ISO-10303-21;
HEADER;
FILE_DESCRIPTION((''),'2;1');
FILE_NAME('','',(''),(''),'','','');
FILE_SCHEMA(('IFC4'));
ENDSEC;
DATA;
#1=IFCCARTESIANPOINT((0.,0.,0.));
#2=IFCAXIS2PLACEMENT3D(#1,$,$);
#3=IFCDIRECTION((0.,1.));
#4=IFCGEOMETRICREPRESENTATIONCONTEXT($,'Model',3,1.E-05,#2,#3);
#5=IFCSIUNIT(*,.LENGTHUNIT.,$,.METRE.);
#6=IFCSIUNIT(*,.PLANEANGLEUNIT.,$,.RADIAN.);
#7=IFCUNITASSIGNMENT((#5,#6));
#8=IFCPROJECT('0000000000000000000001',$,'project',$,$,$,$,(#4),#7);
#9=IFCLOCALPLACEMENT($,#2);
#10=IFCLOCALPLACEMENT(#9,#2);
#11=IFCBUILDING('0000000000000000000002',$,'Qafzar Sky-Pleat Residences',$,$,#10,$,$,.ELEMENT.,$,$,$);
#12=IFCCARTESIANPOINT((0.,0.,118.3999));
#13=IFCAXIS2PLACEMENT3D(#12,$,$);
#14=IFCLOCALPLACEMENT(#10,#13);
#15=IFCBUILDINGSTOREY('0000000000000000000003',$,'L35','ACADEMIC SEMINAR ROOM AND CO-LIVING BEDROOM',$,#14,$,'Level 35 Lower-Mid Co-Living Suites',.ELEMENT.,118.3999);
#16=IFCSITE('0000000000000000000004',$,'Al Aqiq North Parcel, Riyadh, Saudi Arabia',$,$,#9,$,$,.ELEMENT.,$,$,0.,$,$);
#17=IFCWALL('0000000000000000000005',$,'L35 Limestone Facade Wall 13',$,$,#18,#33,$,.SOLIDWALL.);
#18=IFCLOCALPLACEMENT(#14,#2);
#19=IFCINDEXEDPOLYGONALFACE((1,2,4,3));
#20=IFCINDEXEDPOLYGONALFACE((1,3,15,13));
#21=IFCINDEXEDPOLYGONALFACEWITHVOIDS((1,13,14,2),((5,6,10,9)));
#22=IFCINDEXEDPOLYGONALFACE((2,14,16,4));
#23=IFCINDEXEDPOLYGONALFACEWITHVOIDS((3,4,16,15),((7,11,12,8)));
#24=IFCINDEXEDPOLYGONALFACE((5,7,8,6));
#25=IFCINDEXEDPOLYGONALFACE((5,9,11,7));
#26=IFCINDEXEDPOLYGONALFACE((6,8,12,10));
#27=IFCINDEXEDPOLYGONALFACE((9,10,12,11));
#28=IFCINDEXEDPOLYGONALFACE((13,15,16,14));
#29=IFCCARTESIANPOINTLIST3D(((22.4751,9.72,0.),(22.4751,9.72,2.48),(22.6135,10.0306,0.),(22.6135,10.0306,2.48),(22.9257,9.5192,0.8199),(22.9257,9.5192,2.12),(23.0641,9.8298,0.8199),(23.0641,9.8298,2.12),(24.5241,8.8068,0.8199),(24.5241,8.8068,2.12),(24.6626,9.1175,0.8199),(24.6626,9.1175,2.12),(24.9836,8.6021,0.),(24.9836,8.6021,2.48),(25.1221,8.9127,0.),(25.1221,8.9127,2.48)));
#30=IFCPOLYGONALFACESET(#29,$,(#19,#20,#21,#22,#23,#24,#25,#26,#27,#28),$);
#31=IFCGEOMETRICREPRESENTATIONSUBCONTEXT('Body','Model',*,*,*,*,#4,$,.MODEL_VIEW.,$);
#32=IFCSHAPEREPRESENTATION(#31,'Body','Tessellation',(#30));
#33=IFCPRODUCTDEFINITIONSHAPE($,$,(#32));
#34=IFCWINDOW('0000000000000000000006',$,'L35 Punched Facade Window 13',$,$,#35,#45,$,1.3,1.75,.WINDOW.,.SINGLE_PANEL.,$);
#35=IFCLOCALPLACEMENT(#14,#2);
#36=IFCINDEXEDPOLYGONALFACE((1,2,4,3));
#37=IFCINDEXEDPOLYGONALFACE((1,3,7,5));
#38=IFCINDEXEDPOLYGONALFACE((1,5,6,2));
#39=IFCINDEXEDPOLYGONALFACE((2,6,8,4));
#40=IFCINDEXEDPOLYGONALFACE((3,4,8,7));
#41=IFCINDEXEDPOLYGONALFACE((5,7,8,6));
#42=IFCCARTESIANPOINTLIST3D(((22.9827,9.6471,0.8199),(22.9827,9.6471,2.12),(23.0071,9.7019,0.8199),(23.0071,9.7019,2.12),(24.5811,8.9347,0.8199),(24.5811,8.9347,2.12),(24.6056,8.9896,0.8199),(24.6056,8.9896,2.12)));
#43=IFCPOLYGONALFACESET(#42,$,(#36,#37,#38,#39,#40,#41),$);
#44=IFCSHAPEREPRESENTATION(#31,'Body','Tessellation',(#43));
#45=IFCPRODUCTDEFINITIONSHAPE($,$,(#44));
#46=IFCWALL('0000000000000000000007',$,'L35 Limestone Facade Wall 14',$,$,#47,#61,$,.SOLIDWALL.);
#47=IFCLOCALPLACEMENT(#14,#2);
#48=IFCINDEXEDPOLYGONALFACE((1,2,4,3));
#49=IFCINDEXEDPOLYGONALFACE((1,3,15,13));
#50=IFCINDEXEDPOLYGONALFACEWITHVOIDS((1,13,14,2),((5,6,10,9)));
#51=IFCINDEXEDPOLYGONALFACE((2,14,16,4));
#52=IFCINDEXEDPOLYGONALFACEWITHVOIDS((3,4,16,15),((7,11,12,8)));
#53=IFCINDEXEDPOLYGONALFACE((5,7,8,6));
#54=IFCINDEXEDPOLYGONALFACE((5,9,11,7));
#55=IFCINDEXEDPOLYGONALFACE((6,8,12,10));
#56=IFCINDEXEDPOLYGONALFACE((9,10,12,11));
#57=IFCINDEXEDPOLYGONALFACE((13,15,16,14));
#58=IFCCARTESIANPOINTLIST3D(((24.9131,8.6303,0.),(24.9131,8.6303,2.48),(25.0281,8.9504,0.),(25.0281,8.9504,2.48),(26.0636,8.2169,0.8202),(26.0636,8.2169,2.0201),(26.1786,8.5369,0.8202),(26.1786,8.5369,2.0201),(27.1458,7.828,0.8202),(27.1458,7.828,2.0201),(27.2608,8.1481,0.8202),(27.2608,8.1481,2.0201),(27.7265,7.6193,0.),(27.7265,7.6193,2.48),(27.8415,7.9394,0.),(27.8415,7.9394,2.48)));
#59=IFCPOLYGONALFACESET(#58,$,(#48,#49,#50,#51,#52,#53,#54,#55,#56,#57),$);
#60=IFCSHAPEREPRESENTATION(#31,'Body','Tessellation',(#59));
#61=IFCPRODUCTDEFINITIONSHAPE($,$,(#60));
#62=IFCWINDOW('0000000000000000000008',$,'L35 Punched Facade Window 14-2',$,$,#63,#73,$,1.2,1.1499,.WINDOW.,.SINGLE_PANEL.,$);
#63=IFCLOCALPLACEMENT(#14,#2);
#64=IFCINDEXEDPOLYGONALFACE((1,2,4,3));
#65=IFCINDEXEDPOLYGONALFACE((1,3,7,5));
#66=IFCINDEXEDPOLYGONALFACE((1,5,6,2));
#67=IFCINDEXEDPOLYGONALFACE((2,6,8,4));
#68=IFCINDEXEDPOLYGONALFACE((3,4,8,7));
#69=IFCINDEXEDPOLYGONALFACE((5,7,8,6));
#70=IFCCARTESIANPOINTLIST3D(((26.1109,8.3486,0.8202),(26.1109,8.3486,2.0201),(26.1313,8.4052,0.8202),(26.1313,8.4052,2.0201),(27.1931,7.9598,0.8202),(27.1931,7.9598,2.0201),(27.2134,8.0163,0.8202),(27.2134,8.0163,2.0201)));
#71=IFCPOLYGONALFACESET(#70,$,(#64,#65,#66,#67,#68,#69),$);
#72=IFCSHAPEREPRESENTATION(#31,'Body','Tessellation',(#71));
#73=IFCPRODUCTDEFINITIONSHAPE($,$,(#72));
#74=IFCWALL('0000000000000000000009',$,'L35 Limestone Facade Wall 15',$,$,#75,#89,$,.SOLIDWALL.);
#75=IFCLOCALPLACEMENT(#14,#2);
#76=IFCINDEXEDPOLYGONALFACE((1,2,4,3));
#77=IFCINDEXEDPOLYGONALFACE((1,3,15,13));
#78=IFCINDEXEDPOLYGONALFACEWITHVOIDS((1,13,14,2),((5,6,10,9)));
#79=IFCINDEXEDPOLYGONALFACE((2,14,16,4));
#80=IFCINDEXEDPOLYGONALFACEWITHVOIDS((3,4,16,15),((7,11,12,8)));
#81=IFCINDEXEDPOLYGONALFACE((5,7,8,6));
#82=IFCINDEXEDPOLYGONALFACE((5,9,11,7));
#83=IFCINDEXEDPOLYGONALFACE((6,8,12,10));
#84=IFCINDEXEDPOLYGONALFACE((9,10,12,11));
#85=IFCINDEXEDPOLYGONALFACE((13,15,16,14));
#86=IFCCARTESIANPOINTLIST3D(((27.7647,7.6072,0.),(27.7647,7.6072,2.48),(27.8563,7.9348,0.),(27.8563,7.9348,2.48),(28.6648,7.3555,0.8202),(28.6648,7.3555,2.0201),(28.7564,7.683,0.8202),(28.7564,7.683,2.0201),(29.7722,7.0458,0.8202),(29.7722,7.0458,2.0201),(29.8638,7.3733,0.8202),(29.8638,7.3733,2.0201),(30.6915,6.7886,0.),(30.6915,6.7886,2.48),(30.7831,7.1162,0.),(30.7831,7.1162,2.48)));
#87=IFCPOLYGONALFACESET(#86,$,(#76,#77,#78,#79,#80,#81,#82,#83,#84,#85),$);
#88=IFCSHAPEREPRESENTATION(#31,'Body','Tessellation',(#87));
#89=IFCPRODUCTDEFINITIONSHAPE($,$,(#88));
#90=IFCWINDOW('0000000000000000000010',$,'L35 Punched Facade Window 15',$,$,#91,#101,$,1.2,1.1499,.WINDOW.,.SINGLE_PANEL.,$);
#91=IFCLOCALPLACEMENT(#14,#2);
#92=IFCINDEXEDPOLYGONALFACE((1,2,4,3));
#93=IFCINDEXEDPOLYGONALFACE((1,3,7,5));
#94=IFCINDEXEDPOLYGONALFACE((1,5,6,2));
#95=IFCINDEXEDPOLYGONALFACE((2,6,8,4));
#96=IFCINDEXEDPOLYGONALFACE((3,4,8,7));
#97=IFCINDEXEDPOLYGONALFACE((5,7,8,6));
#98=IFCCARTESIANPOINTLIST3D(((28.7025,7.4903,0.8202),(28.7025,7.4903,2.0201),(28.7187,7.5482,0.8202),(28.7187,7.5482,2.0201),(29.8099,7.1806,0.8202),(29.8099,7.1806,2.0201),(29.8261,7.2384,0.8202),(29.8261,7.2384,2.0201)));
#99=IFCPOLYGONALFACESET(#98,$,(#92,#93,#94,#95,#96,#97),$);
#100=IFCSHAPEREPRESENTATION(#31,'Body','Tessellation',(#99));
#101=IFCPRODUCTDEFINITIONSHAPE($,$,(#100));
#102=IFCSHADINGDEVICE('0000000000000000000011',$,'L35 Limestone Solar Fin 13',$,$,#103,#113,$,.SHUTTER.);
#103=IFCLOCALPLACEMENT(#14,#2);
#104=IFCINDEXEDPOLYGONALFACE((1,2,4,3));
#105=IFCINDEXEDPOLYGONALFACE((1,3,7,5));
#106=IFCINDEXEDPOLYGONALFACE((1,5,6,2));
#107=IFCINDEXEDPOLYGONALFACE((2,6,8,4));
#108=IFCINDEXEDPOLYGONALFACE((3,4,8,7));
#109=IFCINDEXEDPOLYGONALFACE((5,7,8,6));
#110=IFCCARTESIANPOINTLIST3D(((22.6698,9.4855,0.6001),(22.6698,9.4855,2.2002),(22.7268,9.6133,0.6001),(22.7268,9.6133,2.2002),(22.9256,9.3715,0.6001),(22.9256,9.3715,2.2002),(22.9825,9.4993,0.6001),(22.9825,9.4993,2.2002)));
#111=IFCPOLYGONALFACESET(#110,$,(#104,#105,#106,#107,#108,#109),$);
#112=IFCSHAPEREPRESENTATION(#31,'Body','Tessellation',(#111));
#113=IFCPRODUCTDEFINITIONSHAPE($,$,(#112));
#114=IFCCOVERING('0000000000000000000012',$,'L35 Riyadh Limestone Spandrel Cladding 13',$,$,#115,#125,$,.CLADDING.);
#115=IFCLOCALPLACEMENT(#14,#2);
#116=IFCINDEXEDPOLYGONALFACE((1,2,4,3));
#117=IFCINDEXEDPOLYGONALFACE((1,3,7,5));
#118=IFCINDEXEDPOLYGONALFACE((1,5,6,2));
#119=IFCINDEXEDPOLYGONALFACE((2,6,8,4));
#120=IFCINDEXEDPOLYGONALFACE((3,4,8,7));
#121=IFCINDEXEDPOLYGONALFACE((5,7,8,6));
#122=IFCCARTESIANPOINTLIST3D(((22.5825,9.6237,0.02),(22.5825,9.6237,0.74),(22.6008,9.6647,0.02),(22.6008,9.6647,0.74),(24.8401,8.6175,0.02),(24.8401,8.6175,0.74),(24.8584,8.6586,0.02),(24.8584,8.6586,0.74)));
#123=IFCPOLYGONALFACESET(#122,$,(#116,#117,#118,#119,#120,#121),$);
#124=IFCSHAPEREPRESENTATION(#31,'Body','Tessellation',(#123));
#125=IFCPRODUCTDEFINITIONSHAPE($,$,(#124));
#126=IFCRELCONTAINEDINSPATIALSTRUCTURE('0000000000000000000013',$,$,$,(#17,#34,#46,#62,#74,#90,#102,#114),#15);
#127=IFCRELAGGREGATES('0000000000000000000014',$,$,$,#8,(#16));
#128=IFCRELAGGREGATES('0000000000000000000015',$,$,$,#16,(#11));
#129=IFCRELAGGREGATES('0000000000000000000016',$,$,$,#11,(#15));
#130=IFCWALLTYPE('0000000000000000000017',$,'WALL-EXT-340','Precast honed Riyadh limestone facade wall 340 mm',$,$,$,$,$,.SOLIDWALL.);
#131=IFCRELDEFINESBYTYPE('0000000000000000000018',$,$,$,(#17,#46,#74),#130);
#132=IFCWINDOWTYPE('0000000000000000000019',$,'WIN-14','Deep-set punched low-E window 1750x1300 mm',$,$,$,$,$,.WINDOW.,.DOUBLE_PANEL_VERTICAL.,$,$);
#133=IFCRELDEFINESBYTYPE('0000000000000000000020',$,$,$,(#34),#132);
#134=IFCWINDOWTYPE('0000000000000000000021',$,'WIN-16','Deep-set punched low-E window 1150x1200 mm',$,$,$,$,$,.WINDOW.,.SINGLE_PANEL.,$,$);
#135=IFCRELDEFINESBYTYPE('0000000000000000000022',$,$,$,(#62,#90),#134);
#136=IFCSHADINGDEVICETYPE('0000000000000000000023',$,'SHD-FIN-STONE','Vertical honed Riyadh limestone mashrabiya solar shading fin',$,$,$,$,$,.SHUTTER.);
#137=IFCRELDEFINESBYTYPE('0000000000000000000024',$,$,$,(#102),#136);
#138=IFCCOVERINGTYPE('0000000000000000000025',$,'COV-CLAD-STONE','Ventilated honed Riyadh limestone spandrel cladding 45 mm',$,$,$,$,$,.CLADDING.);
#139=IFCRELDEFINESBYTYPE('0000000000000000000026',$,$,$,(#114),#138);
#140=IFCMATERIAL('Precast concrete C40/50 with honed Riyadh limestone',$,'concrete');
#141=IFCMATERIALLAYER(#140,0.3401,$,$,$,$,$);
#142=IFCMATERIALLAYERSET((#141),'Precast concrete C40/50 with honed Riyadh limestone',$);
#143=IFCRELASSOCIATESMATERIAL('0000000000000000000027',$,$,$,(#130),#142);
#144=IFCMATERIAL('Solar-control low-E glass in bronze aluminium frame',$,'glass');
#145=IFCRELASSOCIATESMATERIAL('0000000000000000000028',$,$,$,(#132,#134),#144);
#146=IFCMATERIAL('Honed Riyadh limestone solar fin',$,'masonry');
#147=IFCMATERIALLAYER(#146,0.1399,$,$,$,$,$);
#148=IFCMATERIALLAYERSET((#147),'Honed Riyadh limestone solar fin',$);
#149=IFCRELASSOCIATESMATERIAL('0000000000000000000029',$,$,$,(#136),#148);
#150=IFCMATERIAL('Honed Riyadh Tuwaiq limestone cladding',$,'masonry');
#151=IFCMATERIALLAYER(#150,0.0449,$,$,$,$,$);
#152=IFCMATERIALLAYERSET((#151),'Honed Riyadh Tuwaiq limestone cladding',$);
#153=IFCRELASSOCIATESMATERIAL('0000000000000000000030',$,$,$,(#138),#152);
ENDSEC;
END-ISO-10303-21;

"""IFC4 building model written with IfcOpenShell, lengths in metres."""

from ifc_helpers import new_model, si_unit, direction, frame, frame_2d, origin, origin_2d, place, context, subcontext, project, spatial, rectangle, extrude, source, transform, mapped, material, layer, layer_set, type_object, element, fill, save


model = new_model("IFC4")

# Units and contexts
model_context = context("Model", 3, precision=1e-05, world=origin(), true_north=direction((0.0, 1.0)))
body_context = subcontext(model_context, "Body", "Model", "MODEL_VIEW")
ifc_project = project(units=[si_unit("LENGTHUNIT", "METRE"), si_unit("PLANEANGLEUNIT", "RADIAN")], contexts=[model_context])

# Site, building, storey
site_placement = place(None, origin())
site = spatial("IfcSite", under=ifc_project, at=site_placement, Name="Al Aqiq North Parcel, Riyadh, Saudi Arabia", CompositionType="ELEMENT", RefElevation=0.0)
building_placement = place(site_placement, origin())
building = spatial("IfcBuilding", under=site, at=building_placement, Name="Qafzar Sky-Pleat Residences", CompositionType="ELEMENT")
storey_placement = place(building_placement, frame((0.0, 0.0, 118.3999)))
storey = spatial("IfcBuildingStorey", under=building, at=storey_placement, Name="L35", Description="ACADEMIC SEMINAR ROOM AND CO-LIVING BEDROOM", LongName="Level 35 Lower-Mid Co-Living Suites", CompositionType="ELEMENT", Elevation=118.3999)

# Shared definitions
ifc_material_1 = material(Name="Precast concrete C40/50 with honed Riyadh limestone", Category="concrete")

# Walls, openings, windows
ifc_layer_1 = layer(ifc_material_1, 0.3401)
ifc_layer_set_1 = layer_set([ifc_layer_1], Name="Precast concrete C40/50 with honed Riyadh limestone")
wall_type_1 = type_object("IfcWallType", Name="WALL-EXT-340", Description="Precast honed Riyadh limestone facade wall 340 mm", PredefinedType="SOLIDWALL", material=ifc_layer_set_1)
ifc_material_2 = material(Name="Solar-control low-E glass in bronze aluminium frame", Category="glass")
wall_1_placement = place(storey_placement, frame((22.5444, 9.8752, 0.0), z_axis=(0.0, 0.0, 1.0), x_axis=(0.913404, -0.407054, 0.0)))
wall_1 = element("IfcWall", 1, at=wall_1_placement, inside=storey, type_object=wall_type_1, Name="L35 Limestone Facade Wall 13", PredefinedType="SOLIDWALL", context=body_context, shape_type="SweptSolid", body=[
    extrude(rectangle(XDim=2.7463, YDim=0.3401, at=frame_2d((1.373, 0.0))), origin(), (0.0, 0.0, 1.0), 2.48),
])
opening_1_placement = place(wall_1_placement, frame((0.4932, 0.0, 0.8201)))
opening_1 = element("IfcOpeningElement", 2, at=opening_1_placement, cuts=wall_1, PredefinedType="OPENING", context=body_context, shape_type="SweptSolid", body=[
    extrude(rectangle(XDim=1.75, YDim=1.3, at=frame_2d((0.875, 0.6499))), frame((0.0, 0.1802, 0.0), z_axis=(0.0, -1.0, 0.0), x_axis=(1.0, 0.0, 0.0)), (0.0, 0.0, 1.0), 0.3601),
])
window_type_1 = type_object("IfcWindowType", Name="WIN-14", Description="Deep-set punched low-E window 1750x1300 mm", PartitioningType="DOUBLE_PANEL_VERTICAL", PredefinedType="WINDOW", material=ifc_material_2)
shared_shape_1 = source(origin(), body_context, "Body", "SweptSolid", [
    extrude(rectangle(XDim=1.75, YDim=1.3, at=frame_2d((0.875, 0.6499))), frame((0.0, 0.03, 0.0), z_axis=(0.0, -1.0, 0.0), x_axis=(1.0, 0.0, 0.0)), (0.0, 0.0, 1.0), 0.0601),
])
window_1_placement = place(opening_1_placement, origin())
window_1 = element("IfcWindow", 3, at=window_1_placement, inside=storey, type_object=window_type_1, Name="L35 Punched Facade Window 13", OverallHeight=1.3, OverallWidth=1.75, PartitioningType="SINGLE_PANEL", PredefinedType="WINDOW", context=body_context, shape_type="MappedRepresentation", body=[
    mapped(shared_shape_1, transform((0.0, 0.0, 0.0), x_axis=(1.0, 0.0, 0.0), y_axis=(0.0, 1.0, 0.0), z_axis=(0.0, 0.0, 1.0), scale=1.0)),
])
fill(opening_1, window_1)
wall_2_placement = place(storey_placement, frame((24.9707, 8.7903, 0.0), z_axis=(0.0, 0.0, 1.0), x_axis=(0.941086, -0.338167, 0.0)))
wall_2 = element("IfcWall", 4, at=wall_2_placement, inside=storey, type_object=wall_type_1, Name="L35 Limestone Facade Wall 14", PredefinedType="SOLIDWALL", context=body_context, shape_type="SweptSolid", body=[
    extrude(rectangle(XDim=2.9895, YDim=0.3401, at=frame_2d((1.4946, 0.0))), origin(), (0.0, 0.0, 1.0), 2.48),
])
opening_2_placement = place(wall_2_placement, frame((1.2224, 0.0, 0.8201)))
opening_2 = element("IfcOpeningElement", 5, at=opening_2_placement, cuts=wall_2, PredefinedType="OPENING", context=body_context, shape_type="SweptSolid", body=[
    extrude(rectangle(XDim=1.1499, YDim=1.2, at=frame_2d((0.575, 0.6001))), frame((0.0, 0.1802, 0.0), z_axis=(0.0, -1.0, 0.0), x_axis=(1.0, 0.0, 0.0)), (0.0, 0.0, 1.0), 0.3601),
])
window_type_2 = type_object("IfcWindowType", Name="WIN-16", Description="Deep-set punched low-E window 1150x1200 mm", PartitioningType="SINGLE_PANEL", PredefinedType="WINDOW", material=ifc_material_2)
shared_shape_2 = source(origin(), body_context, "Body", "SweptSolid", [
    extrude(rectangle(XDim=1.1499, YDim=1.2, at=frame_2d((0.575, 0.6001))), frame((0.0, 0.03, 0.0), z_axis=(0.0, -1.0, 0.0), x_axis=(1.0, 0.0, 0.0)), (0.0, 0.0, 1.0), 0.0601),
])
window_2_placement = place(opening_2_placement, origin())
window_2 = element("IfcWindow", 6, at=window_2_placement, inside=storey, type_object=window_type_2, Name="L35 Punched Facade Window 14-2", OverallHeight=1.2, OverallWidth=1.1499, PartitioningType="SINGLE_PANEL", PredefinedType="WINDOW", context=body_context, shape_type="MappedRepresentation", body=[
    mapped(shared_shape_2, transform((0.0, 0.0, 0.0), x_axis=(1.0, 0.0, 0.0), y_axis=(0.0, 1.0, 0.0), z_axis=(0.0, 0.0, 1.0), scale=1.0)),
])
fill(opening_2, window_2)
wall_3_placement = place(storey_placement, frame((27.8105, 7.771, 0.0), z_axis=(0.0, 0.0, 1.0), x_axis=(0.96304, -0.269359, 0.0)))
wall_3 = element("IfcWall", 7, at=wall_3_placement, inside=storey, type_object=wall_type_1, Name="L35 Limestone Facade Wall 15", PredefinedType="SOLIDWALL", context=body_context, shape_type="SweptSolid", body=[
    extrude(rectangle(XDim=3.0391, YDim=0.3401, at=frame_2d((1.5195, 0.0))), origin(), (0.0, 0.0, 1.0), 2.48),
])
opening_3_placement = place(wall_3_placement, frame((0.9346, 0.0, 0.8201)))
opening_3 = element("IfcOpeningElement", 8, at=opening_3_placement, cuts=wall_3, PredefinedType="OPENING", context=body_context, shape_type="SweptSolid", body=[
    extrude(rectangle(XDim=1.1499, YDim=1.2, at=frame_2d((0.575, 0.6001))), frame((0.0, 0.1802, 0.0), z_axis=(0.0, -1.0, 0.0), x_axis=(1.0, 0.0, 0.0)), (0.0, 0.0, 1.0), 0.3601),
])
window_3_placement = place(opening_3_placement, origin())
window_3 = element("IfcWindow", 9, at=window_3_placement, inside=storey, type_object=window_type_2, Name="L35 Punched Facade Window 15", OverallHeight=1.2, OverallWidth=1.1499, PartitioningType="SINGLE_PANEL", PredefinedType="WINDOW", context=body_context, shape_type="MappedRepresentation", body=[
    mapped(shared_shape_2, transform((0.0, 0.0, 0.0), x_axis=(1.0, 0.0, 0.0), y_axis=(0.0, 1.0, 0.0), z_axis=(0.0, 0.0, 1.0), scale=1.0)),
])
fill(opening_3, window_3)

# Shading device
ifc_material_3 = material(Name="Honed Riyadh limestone solar fin", Category="masonry")
ifc_layer_2 = layer(ifc_material_3, 0.1399)
ifc_layer_set_2 = layer_set([ifc_layer_2], Name="Honed Riyadh limestone solar fin")
shading_device_type = type_object("IfcShadingDeviceType", Name="SHD-FIN-STONE", Description="Vertical honed Riyadh limestone mashrabiya solar shading fin", PredefinedType="SHUTTER", material=ifc_layer_set_2)
shared_shape_3 = source(origin(), body_context, "Body", "SweptSolid", [
    extrude(rectangle(XDim=0.1399, YDim=0.28, at=origin_2d()), origin(), (0.0, 0.0, 1.0), 1.6001),
])
shading_device_placement = place(storey_placement, frame((22.8262, 9.4924, 0.6001), z_axis=(0.0, 0.0, 1.0), x_axis=(-0.407076, -0.913394, 0.0)))
element("IfcShadingDevice", 10, at=shading_device_placement, inside=storey, type_object=shading_device_type, Name="L35 Limestone Solar Fin 13", PredefinedType="SHUTTER", context=body_context, shape_type="MappedRepresentation", body=[
    mapped(shared_shape_3, transform((0.0, 0.0, 0.0), x_axis=(1.0, 0.0, 0.0), y_axis=(0.0, 1.0, 0.0), z_axis=(0.0, 0.0, 1.0), scale=1.0)),
])

# Covering
ifc_material_4 = material(Name="Honed Riyadh Tuwaiq limestone cladding", Category="masonry")
ifc_layer_3 = layer(ifc_material_4, 0.0449)
ifc_layer_set_3 = layer_set([ifc_layer_3], Name="Honed Riyadh Tuwaiq limestone cladding")
covering_type = type_object("IfcCoveringType", Name="COV-CLAD-STONE", Description="Ventilated honed Riyadh limestone spandrel cladding 45 mm", PredefinedType="CLADDING", material=ifc_layer_set_3)
shared_shape_4 = source(origin(), body_context, "Body", "SweptSolid", [
    extrude(rectangle(XDim=2.4717, YDim=0.0449, at=origin_2d()), origin(), (0.0, 0.0, 1.0), 0.72),
])
covering_placement = place(storey_placement, frame((23.7205, 9.1411, 0.02), z_axis=(0.0, 0.0, 1.0), x_axis=(0.913398, -0.407067, 0.0)))
element("IfcCovering", 11, at=covering_placement, inside=storey, type_object=covering_type, Name="L35 Riyadh Limestone Spandrel Cladding 13", PredefinedType="CLADDING", context=body_context, shape_type="MappedRepresentation", body=[
    mapped(shared_shape_4, transform((0.0, 0.0, 0.0), x_axis=(1.0, 0.0, 0.0), y_axis=(0.0, 1.0, 0.0), z_axis=(0.0, 0.0, 1.0), scale=1.0)),
])

save(model, "model.ifc")
